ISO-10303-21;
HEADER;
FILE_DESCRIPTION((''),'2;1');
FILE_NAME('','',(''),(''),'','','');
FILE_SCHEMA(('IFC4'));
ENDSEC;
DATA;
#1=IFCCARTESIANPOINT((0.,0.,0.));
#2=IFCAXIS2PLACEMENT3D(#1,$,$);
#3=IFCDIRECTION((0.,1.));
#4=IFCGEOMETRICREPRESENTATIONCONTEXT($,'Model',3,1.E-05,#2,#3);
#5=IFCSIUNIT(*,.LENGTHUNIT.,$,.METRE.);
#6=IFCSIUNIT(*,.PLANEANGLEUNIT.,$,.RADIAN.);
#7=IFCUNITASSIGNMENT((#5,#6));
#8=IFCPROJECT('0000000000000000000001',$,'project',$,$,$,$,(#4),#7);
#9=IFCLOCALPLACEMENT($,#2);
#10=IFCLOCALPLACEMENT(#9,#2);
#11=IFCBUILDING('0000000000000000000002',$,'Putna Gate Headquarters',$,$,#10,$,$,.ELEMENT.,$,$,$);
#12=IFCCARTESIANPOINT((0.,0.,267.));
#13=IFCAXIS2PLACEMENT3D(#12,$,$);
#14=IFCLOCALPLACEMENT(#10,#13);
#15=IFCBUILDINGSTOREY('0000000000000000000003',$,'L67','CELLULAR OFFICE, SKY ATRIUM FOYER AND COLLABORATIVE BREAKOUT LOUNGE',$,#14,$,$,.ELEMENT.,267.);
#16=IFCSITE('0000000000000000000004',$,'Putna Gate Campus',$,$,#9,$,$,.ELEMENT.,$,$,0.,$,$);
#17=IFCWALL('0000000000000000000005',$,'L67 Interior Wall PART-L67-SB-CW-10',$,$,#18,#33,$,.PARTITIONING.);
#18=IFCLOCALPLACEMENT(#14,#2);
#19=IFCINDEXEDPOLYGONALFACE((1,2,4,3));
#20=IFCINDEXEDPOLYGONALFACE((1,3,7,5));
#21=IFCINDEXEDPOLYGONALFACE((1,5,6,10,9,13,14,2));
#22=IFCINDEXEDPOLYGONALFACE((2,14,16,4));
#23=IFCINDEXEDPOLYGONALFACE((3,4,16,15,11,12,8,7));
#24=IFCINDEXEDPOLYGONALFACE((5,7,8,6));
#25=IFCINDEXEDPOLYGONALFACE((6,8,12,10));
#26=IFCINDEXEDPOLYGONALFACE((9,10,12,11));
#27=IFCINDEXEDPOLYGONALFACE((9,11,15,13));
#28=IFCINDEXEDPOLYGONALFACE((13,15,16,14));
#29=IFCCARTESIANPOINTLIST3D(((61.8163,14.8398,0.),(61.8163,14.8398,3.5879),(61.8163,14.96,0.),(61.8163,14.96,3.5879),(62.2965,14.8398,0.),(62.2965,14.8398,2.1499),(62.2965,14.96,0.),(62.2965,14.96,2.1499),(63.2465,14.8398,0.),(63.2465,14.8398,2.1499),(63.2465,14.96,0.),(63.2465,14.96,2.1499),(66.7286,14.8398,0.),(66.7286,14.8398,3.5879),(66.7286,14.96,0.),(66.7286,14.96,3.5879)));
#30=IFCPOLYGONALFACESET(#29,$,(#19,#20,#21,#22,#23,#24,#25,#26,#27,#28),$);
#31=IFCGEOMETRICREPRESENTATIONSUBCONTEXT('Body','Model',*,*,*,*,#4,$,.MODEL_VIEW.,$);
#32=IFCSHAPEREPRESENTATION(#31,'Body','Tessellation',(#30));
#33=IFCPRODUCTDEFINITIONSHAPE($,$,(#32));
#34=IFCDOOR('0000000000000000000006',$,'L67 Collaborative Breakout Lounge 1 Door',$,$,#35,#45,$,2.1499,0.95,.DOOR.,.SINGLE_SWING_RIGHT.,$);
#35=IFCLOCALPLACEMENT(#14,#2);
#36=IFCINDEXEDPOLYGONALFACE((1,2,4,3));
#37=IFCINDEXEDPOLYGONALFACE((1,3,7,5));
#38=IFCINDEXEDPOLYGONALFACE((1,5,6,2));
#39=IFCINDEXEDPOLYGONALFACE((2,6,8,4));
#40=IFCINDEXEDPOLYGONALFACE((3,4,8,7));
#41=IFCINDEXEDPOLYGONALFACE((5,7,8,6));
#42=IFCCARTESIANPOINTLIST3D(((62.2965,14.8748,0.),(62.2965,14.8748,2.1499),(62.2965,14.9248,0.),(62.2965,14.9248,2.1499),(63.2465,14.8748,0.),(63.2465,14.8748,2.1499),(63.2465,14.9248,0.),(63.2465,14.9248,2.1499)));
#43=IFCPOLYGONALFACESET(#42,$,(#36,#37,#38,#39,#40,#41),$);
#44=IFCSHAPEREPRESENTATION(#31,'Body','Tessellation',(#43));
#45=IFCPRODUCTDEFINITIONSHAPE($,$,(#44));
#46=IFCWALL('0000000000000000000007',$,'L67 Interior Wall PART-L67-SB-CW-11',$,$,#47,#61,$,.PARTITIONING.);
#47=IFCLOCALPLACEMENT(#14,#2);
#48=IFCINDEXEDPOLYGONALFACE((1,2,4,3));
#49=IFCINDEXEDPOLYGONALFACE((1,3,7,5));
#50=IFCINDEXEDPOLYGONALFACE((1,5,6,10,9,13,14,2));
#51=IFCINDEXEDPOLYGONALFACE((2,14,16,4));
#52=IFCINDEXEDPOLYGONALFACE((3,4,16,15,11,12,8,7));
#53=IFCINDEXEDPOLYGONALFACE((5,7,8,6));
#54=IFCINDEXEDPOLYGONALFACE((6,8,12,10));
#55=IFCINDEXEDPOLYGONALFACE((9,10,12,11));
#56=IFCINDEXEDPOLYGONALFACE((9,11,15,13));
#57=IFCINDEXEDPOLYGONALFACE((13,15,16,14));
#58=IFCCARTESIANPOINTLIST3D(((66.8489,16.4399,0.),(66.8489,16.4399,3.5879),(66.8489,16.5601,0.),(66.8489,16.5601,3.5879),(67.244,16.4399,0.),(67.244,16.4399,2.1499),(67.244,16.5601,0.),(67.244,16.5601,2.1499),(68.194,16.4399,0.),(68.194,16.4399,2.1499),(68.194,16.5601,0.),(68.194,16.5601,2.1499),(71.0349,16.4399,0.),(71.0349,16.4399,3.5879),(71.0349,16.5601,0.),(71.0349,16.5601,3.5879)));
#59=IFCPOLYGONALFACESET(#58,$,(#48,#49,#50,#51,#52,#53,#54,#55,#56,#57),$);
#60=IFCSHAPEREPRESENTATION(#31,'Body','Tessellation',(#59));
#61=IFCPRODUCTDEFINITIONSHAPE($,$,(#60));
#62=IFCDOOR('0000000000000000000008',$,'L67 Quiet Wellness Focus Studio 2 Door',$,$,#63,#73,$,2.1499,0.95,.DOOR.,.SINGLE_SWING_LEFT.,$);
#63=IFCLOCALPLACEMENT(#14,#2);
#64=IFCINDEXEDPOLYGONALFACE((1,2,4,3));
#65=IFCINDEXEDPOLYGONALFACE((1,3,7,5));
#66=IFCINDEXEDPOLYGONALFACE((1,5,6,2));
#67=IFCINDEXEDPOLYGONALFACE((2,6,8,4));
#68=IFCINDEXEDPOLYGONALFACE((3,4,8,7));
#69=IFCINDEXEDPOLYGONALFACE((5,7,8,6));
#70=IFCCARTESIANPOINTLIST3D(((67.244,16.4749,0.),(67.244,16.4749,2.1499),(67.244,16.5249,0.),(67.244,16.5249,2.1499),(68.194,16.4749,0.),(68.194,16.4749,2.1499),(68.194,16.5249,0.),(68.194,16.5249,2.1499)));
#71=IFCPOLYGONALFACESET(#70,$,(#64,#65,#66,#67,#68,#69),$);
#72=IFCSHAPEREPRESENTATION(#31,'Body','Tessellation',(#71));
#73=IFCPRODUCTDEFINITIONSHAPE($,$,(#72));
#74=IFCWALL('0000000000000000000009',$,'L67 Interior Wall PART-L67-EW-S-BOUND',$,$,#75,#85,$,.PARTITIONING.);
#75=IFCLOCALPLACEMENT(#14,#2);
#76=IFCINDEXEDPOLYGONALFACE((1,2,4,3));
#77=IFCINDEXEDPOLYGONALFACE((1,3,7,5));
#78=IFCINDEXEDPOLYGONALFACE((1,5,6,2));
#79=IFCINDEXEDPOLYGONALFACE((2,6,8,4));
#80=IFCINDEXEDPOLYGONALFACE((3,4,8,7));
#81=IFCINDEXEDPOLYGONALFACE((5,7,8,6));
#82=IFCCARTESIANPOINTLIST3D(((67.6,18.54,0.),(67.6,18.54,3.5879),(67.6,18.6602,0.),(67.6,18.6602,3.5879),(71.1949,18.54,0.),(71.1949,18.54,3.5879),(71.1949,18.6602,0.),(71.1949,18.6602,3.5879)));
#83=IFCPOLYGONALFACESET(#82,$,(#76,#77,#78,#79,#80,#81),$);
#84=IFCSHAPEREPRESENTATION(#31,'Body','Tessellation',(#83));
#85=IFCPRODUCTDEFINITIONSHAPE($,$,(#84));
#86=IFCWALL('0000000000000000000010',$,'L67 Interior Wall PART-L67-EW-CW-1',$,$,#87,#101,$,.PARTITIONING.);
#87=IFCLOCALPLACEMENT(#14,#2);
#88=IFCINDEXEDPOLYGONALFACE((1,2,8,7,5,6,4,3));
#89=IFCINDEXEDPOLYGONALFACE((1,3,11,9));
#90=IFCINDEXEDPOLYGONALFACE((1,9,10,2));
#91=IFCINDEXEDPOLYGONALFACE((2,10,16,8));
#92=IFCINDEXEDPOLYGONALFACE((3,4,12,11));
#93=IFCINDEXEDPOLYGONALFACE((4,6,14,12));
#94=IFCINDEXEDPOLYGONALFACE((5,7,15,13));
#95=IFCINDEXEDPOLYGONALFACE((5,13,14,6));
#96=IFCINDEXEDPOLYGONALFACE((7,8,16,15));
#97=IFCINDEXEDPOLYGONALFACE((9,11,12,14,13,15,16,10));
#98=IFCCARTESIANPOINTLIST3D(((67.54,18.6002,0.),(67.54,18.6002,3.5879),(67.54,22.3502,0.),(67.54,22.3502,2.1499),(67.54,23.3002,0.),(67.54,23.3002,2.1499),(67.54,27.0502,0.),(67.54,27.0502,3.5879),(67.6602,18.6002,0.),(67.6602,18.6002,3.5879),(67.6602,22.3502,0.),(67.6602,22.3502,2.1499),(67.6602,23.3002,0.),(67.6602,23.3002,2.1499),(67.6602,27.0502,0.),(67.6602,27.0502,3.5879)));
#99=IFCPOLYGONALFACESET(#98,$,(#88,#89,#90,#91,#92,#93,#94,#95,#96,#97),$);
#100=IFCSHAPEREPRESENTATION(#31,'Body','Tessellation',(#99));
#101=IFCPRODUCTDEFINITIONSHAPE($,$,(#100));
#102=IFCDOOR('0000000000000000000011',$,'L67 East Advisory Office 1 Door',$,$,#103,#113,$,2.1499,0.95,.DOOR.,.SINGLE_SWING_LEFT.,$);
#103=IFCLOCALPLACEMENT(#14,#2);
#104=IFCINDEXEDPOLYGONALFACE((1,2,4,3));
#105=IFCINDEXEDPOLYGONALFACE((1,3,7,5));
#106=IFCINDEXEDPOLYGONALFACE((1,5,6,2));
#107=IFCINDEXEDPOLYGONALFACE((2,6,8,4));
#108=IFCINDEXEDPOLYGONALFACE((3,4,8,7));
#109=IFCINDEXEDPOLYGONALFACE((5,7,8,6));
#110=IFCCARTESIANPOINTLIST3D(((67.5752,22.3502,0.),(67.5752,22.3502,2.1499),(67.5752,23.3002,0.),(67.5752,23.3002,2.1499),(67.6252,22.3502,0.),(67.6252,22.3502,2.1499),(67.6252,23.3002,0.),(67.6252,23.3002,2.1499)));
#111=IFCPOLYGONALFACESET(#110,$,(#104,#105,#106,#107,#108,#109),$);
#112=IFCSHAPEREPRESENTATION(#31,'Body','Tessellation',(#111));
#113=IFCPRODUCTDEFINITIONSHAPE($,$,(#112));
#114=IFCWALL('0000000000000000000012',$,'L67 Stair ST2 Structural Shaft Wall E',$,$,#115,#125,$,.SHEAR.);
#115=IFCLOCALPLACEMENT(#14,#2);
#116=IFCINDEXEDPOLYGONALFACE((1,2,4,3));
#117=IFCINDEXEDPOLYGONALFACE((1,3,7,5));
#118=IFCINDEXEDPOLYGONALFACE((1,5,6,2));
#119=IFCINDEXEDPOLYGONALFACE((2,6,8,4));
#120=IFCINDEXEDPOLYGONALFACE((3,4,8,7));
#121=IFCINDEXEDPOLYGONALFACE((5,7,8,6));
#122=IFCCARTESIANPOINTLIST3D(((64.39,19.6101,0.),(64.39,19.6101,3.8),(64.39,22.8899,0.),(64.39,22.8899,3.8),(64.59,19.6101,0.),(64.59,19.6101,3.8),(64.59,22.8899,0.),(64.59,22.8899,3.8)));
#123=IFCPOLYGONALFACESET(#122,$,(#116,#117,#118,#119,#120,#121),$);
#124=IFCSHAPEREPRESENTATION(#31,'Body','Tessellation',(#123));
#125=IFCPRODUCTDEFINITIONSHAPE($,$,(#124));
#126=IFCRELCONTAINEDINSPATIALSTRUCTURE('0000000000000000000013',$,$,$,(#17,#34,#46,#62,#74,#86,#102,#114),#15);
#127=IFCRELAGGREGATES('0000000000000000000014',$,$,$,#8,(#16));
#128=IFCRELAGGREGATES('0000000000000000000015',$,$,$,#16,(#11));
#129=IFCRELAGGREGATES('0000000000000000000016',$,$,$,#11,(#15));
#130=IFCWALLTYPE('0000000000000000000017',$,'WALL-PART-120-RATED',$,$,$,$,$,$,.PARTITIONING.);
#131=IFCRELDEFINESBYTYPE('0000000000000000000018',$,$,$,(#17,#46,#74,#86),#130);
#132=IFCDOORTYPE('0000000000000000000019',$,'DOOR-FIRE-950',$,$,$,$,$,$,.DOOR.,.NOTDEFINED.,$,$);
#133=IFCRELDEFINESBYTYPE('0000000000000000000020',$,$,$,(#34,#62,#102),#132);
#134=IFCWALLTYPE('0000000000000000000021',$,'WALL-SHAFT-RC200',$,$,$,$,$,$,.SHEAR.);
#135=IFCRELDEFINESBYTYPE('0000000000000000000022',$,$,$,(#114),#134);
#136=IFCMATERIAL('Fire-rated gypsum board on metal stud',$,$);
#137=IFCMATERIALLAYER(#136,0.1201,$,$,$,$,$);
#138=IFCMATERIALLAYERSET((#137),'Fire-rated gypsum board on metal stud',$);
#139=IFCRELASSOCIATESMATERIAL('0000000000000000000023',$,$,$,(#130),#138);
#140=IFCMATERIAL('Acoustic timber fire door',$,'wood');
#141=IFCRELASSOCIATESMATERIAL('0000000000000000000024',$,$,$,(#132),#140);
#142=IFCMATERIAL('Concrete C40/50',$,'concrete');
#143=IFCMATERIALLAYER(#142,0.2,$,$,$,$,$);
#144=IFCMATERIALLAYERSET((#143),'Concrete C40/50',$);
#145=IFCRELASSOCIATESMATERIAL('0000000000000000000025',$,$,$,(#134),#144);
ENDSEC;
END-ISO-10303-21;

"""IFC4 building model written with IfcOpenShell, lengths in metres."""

from ifc_helpers import new_model, si_unit, direction, frame, frame_2d, origin, place, context, subcontext, project, spatial, rectangle, extrude, material, layer, layer_set, type_object, element, fill, save


model = new_model("IFC4")

# Units and contexts
model_context = context("Model", 3, precision=1e-05, world=origin(), true_north=direction((0.0, 1.0)))
body_context = subcontext(model_context, "Body", "Model", "MODEL_VIEW")
ifc_project = project(units=[si_unit("LENGTHUNIT", "METRE"), si_unit("PLANEANGLEUNIT", "RADIAN")], contexts=[model_context])

# Site, building, storey
site_placement = place(None, origin())
site = spatial("IfcSite", under=ifc_project, at=site_placement, Name="Putna Gate Campus", CompositionType="ELEMENT", RefElevation=0.0)
building_placement = place(site_placement, origin())
building = spatial("IfcBuilding", under=site, at=building_placement, Name="Putna Gate Headquarters", CompositionType="ELEMENT")
storey_placement = place(building_placement, frame((0.0, 0.0, 267.0)))
storey = spatial("IfcBuildingStorey", under=building, at=storey_placement, Name="L67", Description="CELLULAR OFFICE, SKY ATRIUM FOYER AND COLLABORATIVE BREAKOUT LOUNGE", CompositionType="ELEMENT", Elevation=267.0)

# Shared definitions
ifc_material_1 = material(Name="Fire-rated gypsum board on metal stud")
ifc_layer_1 = layer(ifc_material_1, 0.1201)
ifc_layer_set_1 = layer_set([ifc_layer_1], Name="Fire-rated gypsum board on metal stud")
wall_type_1 = type_object("IfcWallType", Name="WALL-PART-120-RATED", PredefinedType="PARTITIONING", material=ifc_layer_set_1)

# Walls, openings, doors
wall_1_placement = place(storey_placement, frame((61.8164, 14.8999, 0.0), z_axis=(0.0, 0.0, 1.0), x_axis=(1.0, 0.0, 0.0)))
wall_1 = element("IfcWall", 1, at=wall_1_placement, inside=storey, type_object=wall_type_1, Name="L67 Interior Wall PART-L67-SB-CW-10", PredefinedType="PARTITIONING", context=body_context, shape_type="SweptSolid", body=[
    extrude(rectangle(XDim=4.9124, YDim=0.1201, at=frame_2d((2.4561, 0.0))), origin(), (0.0, 0.0, 1.0), 3.5879),
])
opening_1_placement = place(wall_1_placement, frame((0.48, 0.0, 0.0)))
opening_1 = element("IfcOpeningElement", 2, at=opening_1_placement, cuts=wall_1, PredefinedType="OPENING", context=body_context, shape_type="SweptSolid", body=[
    extrude(rectangle(XDim=0.95, YDim=2.1499, at=frame_2d((0.4751, 1.075))), frame((0.0, 0.0701, 0.0), z_axis=(0.0, -1.0, 0.0), x_axis=(1.0, 0.0, 0.0)), (0.0, 0.0, 1.0), 0.1401),
])
ifc_material_2 = material(Name="Acoustic timber fire door", Category="wood")
door_type_1 = type_object("IfcDoorType", Name="DOOR-FIRE-950", OperationType="NOTDEFINED", PredefinedType="DOOR", material=ifc_material_2)
door_1_placement = place(opening_1_placement, origin())
door_1 = element("IfcDoor", 3, at=door_1_placement, inside=storey, type_object=door_type_1, Name="L67 Collaborative Breakout Lounge 1 Door", OperationType="SINGLE_SWING_RIGHT", OverallHeight=2.1499, OverallWidth=0.95, PredefinedType="DOOR", context=body_context, shape_type="SweptSolid", body=[
    extrude(rectangle(XDim=0.95, YDim=2.1499, at=frame_2d((0.4751, 1.075))), frame((0.0, 0.0249, 0.0), z_axis=(0.0, -1.0, 0.0), x_axis=(1.0, 0.0, 0.0)), (0.0, 0.0, 1.0), 0.05),
])
fill(opening_1, door_1)
wall_2_placement = place(storey_placement, frame((66.8489, 16.5, 0.0), z_axis=(0.0, 0.0, 1.0), x_axis=(1.0, 0.0, 0.0)))
wall_2 = element("IfcWall", 4, at=wall_2_placement, inside=storey, type_object=wall_type_1, Name="L67 Interior Wall PART-L67-SB-CW-11", PredefinedType="PARTITIONING", context=body_context, shape_type="SweptSolid", body=[
    extrude(rectangle(XDim=4.186, YDim=0.1201, at=frame_2d((2.093, 0.0))), origin(), (0.0, 0.0, 1.0), 3.5879),
])
opening_2_placement = place(wall_2_placement, frame((0.395, 0.0, 0.0)))
opening_2 = element("IfcOpeningElement", 5, at=opening_2_placement, cuts=wall_2, PredefinedType="OPENING", context=body_context, shape_type="SweptSolid", body=[
    extrude(rectangle(XDim=0.95, YDim=2.1499, at=frame_2d((0.4751, 1.075))), frame((0.0, 0.0701, 0.0), z_axis=(0.0, -1.0, 0.0), x_axis=(1.0, 0.0, 0.0)), (0.0, 0.0, 1.0), 0.1401),
])
door_2_placement = place(opening_2_placement, origin())
door_2 = element("IfcDoor", 6, at=door_2_placement, inside=storey, type_object=door_type_1, Name="L67 Quiet Wellness Focus Studio 2 Door", OperationType="SINGLE_SWING_LEFT", OverallHeight=2.1499, OverallWidth=0.95, PredefinedType="DOOR", context=body_context, shape_type="SweptSolid", body=[
    extrude(rectangle(XDim=0.95, YDim=2.1499, at=frame_2d((0.4751, 1.075))), frame((0.0, 0.0249, 0.0), z_axis=(0.0, -1.0, 0.0), x_axis=(1.0, 0.0, 0.0)), (0.0, 0.0, 1.0), 0.05),
])
fill(opening_2, door_2)

# Wall
wall_3_placement = place(storey_placement, frame((67.6001, 18.6001, 0.0), z_axis=(0.0, 0.0, 1.0), x_axis=(1.0, 0.0, 0.0)))
element("IfcWall", 7, at=wall_3_placement, inside=storey, type_object=wall_type_1, Name="L67 Interior Wall PART-L67-EW-S-BOUND", PredefinedType="PARTITIONING", context=body_context, shape_type="SweptSolid", body=[
    extrude(rectangle(XDim=3.595, YDim=0.1201, at=frame_2d((1.7974, 0.0))), origin(), (0.0, 0.0, 1.0), 3.5879),
])

# Wall, opening, door
wall_4_placement = place(storey_placement, frame((67.6001, 18.6001, 0.0), z_axis=(0.0, 0.0, 1.0), x_axis=(0.0, 1.0, 0.0)))
wall_4 = element("IfcWall", 8, at=wall_4_placement, inside=storey, type_object=wall_type_1, Name="L67 Interior Wall PART-L67-EW-CW-1", PredefinedType="PARTITIONING", context=body_context, shape_type="SweptSolid", body=[
    extrude(rectangle(XDim=8.45, YDim=0.1201, at=frame_2d((4.2251, 0.0))), origin(), (0.0, 0.0, 1.0), 3.5879),
])
opening_3_placement = place(wall_4_placement, frame((3.75, 0.0, 0.0)))
opening_3 = element("IfcOpeningElement", 9, at=opening_3_placement, cuts=wall_4, PredefinedType="OPENING", context=body_context, shape_type="SweptSolid", body=[
    extrude(rectangle(XDim=0.95, YDim=2.1499, at=frame_2d((0.4751, 1.075))), frame((0.0, 0.0701, 0.0), z_axis=(0.0, -1.0, 0.0), x_axis=(1.0, 0.0, 0.0)), (0.0, 0.0, 1.0), 0.1401),
])
door_3_placement = place(opening_3_placement, origin())
door_3 = element("IfcDoor", 10, at=door_3_placement, inside=storey, type_object=door_type_1, Name="L67 East Advisory Office 1 Door", OperationType="SINGLE_SWING_LEFT", OverallHeight=2.1499, OverallWidth=0.95, PredefinedType="DOOR", context=body_context, shape_type="SweptSolid", body=[
    extrude(rectangle(XDim=0.95, YDim=2.1499, at=frame_2d((0.4751, 1.075))), frame((0.0, 0.0249, 0.0), z_axis=(0.0, -1.0, 0.0), x_axis=(1.0, 0.0, 0.0)), (0.0, 0.0, 1.0), 0.05),
])
fill(opening_3, door_3)

# Wall
ifc_material_3 = material(Name="Concrete C40/50", Category="concrete")
ifc_layer_2 = layer(ifc_material_3, 0.2)
ifc_layer_set_2 = layer_set([ifc_layer_2], Name="Concrete C40/50")
wall_type_2 = type_object("IfcWallType", Name="WALL-SHAFT-RC200", PredefinedType="SHEAR", material=ifc_layer_set_2)
wall_5_placement = place(storey_placement, frame((64.49, 19.6101, 0.0), z_axis=(0.0, 0.0, 1.0), x_axis=(0.0, 1.0, 0.0)))
element("IfcWall", 11, at=wall_5_placement, inside=storey, type_object=wall_type_2, Name="L67 Stair ST2 Structural Shaft Wall E", PredefinedType="SHEAR", context=body_context, shape_type="SweptSolid", body=[
    extrude(rectangle(XDim=3.2798, YDim=0.2, at=frame_2d((1.6399, 0.0))), origin(), (0.0, 0.0, 1.0), 3.8),
])

save(model, "model.ifc")
